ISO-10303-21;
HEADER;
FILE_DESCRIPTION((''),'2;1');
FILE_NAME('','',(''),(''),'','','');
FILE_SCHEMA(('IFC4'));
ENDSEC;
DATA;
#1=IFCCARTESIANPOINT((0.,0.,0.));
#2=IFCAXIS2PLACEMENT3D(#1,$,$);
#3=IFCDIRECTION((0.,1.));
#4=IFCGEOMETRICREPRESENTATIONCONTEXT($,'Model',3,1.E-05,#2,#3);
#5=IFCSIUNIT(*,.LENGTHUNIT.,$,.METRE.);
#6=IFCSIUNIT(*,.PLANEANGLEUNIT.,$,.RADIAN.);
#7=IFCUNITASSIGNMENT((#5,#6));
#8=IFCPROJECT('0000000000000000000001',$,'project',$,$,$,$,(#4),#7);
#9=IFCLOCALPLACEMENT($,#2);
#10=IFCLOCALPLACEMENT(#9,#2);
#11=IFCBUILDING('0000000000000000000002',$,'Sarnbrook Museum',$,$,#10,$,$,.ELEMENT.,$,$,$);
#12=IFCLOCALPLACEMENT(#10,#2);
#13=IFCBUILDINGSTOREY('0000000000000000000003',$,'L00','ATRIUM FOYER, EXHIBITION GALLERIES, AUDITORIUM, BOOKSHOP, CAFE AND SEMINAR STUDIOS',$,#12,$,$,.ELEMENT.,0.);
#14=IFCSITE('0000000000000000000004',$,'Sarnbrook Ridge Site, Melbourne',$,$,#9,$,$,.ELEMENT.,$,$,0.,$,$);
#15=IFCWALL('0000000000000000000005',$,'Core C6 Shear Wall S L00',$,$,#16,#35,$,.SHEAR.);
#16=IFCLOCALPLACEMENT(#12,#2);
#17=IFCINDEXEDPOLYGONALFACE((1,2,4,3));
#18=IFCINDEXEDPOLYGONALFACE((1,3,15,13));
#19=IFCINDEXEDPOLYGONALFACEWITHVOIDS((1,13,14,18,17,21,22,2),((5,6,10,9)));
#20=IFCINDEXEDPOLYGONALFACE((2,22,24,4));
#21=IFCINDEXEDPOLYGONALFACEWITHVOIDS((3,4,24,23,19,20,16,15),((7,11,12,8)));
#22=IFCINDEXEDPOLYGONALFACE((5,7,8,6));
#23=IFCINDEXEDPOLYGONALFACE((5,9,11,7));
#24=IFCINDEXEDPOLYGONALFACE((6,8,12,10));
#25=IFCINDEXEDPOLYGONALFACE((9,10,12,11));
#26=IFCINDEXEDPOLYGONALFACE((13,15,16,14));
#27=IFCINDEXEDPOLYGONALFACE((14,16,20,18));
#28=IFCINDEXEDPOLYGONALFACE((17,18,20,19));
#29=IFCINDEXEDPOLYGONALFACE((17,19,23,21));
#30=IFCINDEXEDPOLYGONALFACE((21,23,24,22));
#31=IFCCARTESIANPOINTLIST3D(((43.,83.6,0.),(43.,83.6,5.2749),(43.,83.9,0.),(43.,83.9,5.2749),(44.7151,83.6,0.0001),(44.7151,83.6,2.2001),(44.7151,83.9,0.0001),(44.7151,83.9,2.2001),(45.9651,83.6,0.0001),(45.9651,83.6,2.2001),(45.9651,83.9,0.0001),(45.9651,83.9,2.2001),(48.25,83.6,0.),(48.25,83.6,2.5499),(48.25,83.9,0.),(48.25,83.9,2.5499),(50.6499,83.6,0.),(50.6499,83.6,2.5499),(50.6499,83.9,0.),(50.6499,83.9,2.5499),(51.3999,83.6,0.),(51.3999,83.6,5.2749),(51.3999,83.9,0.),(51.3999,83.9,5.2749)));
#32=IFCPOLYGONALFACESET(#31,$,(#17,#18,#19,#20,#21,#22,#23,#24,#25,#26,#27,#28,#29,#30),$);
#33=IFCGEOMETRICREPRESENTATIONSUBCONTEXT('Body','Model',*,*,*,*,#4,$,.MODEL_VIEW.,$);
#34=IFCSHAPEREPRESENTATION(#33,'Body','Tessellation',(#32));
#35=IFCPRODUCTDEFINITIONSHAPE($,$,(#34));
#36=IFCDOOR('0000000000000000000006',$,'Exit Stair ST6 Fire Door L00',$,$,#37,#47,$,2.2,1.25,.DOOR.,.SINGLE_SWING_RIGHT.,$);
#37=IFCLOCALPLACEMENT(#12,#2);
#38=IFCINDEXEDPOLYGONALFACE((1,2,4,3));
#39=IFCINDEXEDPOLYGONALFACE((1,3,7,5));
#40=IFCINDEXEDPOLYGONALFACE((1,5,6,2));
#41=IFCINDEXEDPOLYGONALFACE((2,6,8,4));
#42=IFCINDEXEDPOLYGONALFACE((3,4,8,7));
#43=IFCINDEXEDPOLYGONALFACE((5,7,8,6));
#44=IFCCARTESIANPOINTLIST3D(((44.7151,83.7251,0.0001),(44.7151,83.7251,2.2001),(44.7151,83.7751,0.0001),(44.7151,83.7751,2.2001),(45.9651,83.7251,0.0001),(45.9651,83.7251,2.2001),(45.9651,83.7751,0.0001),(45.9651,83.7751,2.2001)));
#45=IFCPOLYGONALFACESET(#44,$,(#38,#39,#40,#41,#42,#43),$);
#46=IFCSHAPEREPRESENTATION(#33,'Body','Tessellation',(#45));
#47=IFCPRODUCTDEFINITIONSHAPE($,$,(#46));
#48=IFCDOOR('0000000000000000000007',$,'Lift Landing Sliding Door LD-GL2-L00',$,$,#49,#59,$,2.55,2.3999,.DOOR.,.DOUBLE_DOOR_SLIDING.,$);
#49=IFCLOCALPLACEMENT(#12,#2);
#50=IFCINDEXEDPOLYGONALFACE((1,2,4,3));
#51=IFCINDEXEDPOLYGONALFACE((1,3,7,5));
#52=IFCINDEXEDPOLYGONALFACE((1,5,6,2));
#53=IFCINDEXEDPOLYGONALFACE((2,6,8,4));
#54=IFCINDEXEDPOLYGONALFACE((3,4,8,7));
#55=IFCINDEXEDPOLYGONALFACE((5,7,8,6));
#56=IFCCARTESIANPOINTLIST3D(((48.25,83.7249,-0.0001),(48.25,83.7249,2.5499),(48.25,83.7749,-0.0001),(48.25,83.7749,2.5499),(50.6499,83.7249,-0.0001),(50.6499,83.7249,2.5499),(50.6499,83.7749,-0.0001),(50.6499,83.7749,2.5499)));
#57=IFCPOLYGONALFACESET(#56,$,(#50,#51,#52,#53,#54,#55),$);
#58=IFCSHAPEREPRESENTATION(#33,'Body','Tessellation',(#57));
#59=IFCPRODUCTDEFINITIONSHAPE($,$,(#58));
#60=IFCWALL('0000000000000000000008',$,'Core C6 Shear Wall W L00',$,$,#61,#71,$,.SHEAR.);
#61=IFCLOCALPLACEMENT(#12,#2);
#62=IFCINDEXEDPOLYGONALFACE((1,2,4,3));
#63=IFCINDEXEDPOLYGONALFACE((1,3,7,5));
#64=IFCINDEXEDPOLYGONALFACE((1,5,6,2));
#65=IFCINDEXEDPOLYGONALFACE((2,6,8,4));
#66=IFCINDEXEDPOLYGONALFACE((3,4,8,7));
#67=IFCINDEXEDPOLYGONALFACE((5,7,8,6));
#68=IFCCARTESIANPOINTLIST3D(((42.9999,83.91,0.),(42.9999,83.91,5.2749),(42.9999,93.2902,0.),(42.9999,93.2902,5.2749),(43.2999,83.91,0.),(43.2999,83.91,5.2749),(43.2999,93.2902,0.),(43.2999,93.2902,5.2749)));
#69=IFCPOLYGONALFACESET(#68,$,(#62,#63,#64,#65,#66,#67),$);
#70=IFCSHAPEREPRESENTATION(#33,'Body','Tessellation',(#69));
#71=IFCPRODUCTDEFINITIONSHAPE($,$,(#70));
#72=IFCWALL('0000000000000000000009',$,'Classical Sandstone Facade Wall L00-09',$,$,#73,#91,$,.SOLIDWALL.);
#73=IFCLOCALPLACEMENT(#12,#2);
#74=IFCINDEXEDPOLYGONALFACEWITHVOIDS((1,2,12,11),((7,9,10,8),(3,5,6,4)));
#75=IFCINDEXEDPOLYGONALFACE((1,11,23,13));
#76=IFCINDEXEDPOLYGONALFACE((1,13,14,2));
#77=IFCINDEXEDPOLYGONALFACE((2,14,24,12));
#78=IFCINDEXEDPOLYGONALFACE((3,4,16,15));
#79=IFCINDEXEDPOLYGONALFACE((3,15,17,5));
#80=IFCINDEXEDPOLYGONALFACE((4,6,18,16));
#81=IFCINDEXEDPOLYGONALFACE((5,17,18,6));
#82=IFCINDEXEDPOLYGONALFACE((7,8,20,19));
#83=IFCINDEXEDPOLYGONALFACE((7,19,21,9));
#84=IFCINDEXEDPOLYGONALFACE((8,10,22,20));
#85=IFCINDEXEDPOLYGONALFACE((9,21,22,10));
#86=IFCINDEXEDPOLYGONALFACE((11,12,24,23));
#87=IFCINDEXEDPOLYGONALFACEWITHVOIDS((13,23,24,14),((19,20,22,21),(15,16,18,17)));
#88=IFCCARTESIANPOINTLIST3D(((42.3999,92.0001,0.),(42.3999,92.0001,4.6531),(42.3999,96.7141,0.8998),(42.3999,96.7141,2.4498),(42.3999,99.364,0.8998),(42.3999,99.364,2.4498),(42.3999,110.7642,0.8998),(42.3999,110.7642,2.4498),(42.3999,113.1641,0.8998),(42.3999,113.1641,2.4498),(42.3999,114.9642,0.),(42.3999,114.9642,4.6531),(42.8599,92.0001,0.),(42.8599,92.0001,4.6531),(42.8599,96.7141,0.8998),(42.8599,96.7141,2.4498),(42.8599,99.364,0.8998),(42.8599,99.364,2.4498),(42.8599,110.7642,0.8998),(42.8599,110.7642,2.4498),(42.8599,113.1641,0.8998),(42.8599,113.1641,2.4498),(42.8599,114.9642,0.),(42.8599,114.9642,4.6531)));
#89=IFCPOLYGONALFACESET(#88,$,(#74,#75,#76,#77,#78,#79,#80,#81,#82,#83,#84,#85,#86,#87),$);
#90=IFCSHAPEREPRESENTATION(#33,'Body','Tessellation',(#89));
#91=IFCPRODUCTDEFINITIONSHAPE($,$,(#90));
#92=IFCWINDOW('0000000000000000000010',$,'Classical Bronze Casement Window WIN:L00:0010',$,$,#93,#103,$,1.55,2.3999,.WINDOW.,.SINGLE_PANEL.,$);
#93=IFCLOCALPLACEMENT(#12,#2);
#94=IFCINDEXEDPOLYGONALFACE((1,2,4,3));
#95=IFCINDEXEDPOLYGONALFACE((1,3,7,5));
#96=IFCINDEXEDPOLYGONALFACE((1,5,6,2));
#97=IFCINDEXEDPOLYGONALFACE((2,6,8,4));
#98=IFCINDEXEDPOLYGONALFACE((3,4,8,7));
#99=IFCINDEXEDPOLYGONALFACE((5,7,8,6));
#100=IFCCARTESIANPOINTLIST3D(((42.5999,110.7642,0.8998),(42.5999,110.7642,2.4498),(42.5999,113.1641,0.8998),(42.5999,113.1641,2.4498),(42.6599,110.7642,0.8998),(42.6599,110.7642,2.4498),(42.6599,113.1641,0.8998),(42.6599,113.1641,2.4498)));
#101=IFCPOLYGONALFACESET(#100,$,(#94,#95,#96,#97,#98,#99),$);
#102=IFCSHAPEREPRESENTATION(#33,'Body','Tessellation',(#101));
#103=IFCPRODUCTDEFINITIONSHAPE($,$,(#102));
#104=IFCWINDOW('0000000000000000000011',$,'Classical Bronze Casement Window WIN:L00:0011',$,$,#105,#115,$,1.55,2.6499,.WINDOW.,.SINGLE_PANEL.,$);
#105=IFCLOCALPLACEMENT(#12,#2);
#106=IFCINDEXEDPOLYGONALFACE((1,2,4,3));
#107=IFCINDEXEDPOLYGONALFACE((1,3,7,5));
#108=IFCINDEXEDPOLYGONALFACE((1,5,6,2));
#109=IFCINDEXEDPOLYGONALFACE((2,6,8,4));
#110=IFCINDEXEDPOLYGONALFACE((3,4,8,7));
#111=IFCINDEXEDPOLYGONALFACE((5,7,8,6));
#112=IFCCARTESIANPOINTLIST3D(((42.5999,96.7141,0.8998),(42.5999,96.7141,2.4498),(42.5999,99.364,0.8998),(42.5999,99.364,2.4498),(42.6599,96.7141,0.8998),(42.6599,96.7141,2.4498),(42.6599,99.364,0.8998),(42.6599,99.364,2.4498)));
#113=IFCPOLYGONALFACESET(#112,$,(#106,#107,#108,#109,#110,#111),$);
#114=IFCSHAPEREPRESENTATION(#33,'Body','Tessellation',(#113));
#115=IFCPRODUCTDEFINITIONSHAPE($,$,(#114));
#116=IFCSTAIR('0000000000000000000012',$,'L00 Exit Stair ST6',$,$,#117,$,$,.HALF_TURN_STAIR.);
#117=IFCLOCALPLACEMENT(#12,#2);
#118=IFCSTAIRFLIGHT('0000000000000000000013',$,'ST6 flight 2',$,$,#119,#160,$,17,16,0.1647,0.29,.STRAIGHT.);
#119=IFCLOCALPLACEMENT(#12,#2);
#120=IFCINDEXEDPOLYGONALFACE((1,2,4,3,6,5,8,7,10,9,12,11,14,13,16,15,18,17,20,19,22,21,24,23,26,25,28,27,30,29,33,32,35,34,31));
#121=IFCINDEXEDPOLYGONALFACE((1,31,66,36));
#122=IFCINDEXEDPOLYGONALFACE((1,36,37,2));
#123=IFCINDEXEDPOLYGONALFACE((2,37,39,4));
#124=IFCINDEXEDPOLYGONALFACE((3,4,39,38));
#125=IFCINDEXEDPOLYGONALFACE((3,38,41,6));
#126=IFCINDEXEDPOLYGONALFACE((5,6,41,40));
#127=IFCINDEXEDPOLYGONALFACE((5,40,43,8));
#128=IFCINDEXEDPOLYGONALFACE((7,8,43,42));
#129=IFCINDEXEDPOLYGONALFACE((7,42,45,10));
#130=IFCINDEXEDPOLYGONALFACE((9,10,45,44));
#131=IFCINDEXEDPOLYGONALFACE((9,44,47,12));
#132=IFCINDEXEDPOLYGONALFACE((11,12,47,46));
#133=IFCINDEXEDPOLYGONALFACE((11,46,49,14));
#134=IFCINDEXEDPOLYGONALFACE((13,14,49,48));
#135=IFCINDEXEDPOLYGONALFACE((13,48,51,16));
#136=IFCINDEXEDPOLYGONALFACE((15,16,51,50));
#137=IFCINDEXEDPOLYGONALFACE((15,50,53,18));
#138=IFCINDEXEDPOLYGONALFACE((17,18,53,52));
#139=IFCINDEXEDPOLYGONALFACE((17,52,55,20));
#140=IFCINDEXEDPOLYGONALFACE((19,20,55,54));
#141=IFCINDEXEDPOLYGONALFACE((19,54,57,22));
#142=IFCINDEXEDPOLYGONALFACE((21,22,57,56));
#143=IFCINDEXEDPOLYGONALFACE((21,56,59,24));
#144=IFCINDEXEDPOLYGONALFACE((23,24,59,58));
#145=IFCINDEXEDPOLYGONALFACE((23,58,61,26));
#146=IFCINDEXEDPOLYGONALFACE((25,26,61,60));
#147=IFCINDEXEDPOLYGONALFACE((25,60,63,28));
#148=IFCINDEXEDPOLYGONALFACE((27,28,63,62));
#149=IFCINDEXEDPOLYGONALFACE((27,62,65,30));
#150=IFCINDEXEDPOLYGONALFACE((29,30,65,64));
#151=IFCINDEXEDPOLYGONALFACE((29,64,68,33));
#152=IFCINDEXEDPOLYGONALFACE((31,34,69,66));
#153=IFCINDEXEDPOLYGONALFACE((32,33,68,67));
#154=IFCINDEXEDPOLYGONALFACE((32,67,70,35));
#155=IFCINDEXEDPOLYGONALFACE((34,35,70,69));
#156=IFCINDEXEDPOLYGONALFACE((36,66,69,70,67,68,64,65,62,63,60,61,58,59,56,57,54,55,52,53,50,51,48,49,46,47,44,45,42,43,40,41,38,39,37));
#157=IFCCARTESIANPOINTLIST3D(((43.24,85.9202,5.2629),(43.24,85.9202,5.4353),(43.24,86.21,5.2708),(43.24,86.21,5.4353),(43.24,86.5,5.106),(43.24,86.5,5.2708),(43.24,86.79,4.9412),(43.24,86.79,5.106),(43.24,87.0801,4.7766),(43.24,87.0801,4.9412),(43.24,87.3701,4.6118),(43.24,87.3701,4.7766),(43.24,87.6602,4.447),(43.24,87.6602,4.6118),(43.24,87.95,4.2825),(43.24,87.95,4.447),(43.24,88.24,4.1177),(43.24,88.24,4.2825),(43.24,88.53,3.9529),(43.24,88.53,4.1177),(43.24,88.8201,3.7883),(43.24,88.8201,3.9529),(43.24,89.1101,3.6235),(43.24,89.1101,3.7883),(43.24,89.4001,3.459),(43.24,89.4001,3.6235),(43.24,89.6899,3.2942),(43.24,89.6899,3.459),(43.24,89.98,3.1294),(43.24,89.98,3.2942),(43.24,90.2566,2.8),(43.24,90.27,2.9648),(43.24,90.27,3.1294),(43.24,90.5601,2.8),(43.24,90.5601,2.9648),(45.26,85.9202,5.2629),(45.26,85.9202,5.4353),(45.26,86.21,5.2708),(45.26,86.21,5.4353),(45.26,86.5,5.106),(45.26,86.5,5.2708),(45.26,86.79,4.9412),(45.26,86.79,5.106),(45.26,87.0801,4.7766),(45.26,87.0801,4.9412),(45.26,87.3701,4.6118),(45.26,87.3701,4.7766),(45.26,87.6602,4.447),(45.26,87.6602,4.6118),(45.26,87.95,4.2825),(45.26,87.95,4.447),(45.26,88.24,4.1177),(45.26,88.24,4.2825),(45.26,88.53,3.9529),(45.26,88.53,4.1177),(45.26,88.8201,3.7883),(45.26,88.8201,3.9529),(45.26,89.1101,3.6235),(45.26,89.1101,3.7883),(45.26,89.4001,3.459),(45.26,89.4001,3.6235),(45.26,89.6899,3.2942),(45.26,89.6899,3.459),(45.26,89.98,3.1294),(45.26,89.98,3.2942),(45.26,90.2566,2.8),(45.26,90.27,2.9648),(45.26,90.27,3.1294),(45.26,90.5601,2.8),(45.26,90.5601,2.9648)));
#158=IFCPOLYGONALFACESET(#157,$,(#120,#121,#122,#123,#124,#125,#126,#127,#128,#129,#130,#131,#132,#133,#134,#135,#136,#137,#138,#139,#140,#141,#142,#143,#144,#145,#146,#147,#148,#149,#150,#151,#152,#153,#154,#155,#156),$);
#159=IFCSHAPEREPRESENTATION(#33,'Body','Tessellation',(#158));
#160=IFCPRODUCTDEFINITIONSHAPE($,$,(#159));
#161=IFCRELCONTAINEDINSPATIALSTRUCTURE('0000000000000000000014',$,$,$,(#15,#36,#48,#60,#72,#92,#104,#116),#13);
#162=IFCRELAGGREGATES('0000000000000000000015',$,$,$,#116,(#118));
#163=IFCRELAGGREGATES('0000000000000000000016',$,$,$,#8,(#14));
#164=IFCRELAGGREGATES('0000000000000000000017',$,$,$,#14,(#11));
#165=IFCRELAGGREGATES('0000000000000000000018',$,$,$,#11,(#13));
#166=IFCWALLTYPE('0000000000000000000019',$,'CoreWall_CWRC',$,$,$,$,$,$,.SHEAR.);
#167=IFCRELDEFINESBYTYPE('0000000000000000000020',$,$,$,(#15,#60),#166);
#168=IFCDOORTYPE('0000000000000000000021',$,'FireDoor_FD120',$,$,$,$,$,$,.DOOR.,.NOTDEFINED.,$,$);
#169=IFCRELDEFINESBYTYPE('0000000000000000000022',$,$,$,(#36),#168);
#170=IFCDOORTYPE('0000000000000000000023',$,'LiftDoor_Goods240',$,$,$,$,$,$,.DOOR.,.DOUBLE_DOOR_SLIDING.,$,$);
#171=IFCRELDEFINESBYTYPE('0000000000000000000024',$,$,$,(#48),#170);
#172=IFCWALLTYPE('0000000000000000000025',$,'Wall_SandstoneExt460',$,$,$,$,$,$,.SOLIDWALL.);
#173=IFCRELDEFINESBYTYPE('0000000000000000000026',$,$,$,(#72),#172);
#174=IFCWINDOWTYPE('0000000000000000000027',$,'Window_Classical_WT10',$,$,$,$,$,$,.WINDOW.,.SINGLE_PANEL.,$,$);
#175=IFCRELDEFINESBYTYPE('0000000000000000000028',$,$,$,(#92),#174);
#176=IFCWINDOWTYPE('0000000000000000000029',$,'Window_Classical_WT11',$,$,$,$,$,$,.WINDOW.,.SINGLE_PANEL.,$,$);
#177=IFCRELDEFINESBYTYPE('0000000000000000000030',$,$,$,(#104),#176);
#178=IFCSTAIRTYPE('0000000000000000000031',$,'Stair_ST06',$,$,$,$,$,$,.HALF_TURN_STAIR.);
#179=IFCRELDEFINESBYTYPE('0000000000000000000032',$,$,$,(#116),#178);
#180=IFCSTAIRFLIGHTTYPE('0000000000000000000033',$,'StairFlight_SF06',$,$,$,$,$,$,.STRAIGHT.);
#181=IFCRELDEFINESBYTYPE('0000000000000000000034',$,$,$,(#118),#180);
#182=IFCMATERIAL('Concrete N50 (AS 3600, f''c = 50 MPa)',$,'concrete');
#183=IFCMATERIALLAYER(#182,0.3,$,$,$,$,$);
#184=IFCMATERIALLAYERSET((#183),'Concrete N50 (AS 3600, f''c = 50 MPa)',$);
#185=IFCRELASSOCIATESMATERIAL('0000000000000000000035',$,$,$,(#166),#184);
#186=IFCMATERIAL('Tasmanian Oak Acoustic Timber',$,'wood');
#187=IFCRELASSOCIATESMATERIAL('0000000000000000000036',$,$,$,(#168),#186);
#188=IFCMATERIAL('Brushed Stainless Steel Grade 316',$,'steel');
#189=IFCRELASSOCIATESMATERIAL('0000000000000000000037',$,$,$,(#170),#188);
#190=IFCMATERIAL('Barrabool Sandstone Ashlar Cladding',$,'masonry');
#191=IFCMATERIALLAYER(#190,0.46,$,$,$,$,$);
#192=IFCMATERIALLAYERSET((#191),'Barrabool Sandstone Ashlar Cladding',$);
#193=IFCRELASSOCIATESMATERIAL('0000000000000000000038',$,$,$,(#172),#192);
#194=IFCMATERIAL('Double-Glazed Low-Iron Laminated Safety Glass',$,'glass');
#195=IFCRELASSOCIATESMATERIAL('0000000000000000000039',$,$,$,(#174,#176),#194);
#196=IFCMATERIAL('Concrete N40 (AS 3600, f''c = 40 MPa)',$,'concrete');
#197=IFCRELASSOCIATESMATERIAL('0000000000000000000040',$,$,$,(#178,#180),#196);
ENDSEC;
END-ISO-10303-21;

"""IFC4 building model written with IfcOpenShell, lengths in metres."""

from ifc_helpers import new_model, si_unit, direction, frame, frame_2d, origin, place, context, subcontext, project, spatial, polyline, rectangle, outline, extrude, material, layer, layer_set, type_object, element, fill, aggregate, save


model = new_model("IFC4")

# Units and contexts
model_context = context("Model", 3, precision=1e-05, world=origin(), true_north=direction((0.0, 1.0)))
body_context = subcontext(model_context, "Body", "Model", "MODEL_VIEW")
ifc_project = project(units=[si_unit("LENGTHUNIT", "METRE"), si_unit("PLANEANGLEUNIT", "RADIAN")], contexts=[model_context])

# Site, building, storey
site_placement = place(None, origin())
site = spatial("IfcSite", under=ifc_project, at=site_placement, Name="Sarnbrook Ridge Site, Melbourne", CompositionType="ELEMENT", RefElevation=0.0)
building_placement = place(site_placement, origin())
building = spatial("IfcBuilding", under=site, at=building_placement, Name="Sarnbrook Museum", CompositionType="ELEMENT")
storey_placement = place(building_placement, origin())
storey = spatial("IfcBuildingStorey", under=building, at=storey_placement, Name="L00", Description="ATRIUM FOYER, EXHIBITION GALLERIES, AUDITORIUM, BOOKSHOP, CAFE AND SEMINAR STUDIOS", CompositionType="ELEMENT", Elevation=0.0)

# Wall, openings, doors
ifc_material_1 = material(Name="Concrete N50 (AS 3600, f'c = 50 MPa)", Category="concrete")
ifc_layer_1 = layer(ifc_material_1, 0.3)
ifc_layer_set_1 = layer_set([ifc_layer_1], Name="Concrete N50 (AS 3600, f'c = 50 MPa)")
wall_type_1 = type_object("IfcWallType", Name="CoreWall_CWRC", PredefinedType="SHEAR", material=ifc_layer_set_1)
wall_1_placement = place(storey_placement, frame((43.0, 83.75, 0.0), z_axis=(0.0, 0.0, 1.0), x_axis=(1.0, 0.0, 0.0)))
wall_1 = element("IfcWall", 1, at=wall_1_placement, inside=storey, type_object=wall_type_1, Name="Core C6 Shear Wall S L00", PredefinedType="SHEAR", context=body_context, shape_type="SweptSolid", body=[
    extrude(rectangle(XDim=8.3999, YDim=0.3, at=frame_2d((4.2, 0.0))), origin(), (0.0, 0.0, 1.0), 5.2749),
])
opening_1_placement = place(wall_1_placement, frame((1.7151, 0.0, 0.0)))
opening_1 = element("IfcOpeningElement", 2, at=opening_1_placement, cuts=wall_1, PredefinedType="OPENING", context=body_context, shape_type="SweptSolid", body=[
    extrude(rectangle(XDim=1.25, YDim=2.2, at=frame_2d((0.625, 1.1001))), frame((0.0, 0.1602, 0.0), z_axis=(0.0, -1.0, 0.0), x_axis=(1.0, 0.0, 0.0)), (0.0, 0.0, 1.0), 0.3201),
])
opening_2_placement = place(wall_1_placement, frame((5.25, 0.0, 0.0)))
opening_2 = element("IfcOpeningElement", 3, at=opening_2_placement, cuts=wall_1, PredefinedType="OPENING", context=body_context, shape_type="SweptSolid", body=[
    extrude(rectangle(XDim=2.3999, YDim=2.55, at=frame_2d((1.2, 1.2749))), frame((0.0, 0.1602, 0.0), z_axis=(0.0, -1.0, 0.0), x_axis=(1.0, 0.0, 0.0)), (0.0, 0.0, 1.0), 0.3201),
])
ifc_material_2 = material(Name="Tasmanian Oak Acoustic Timber", Category="wood")
door_type_1 = type_object("IfcDoorType", Name="FireDoor_FD120", OperationType="NOTDEFINED", PredefinedType="DOOR", material=ifc_material_2)
door_1_placement = place(opening_1_placement, frame((1.25, 0.0, 0.0), z_axis=(0.0, 0.0, 1.0), x_axis=(-1.0, 0.0, 0.0)))
door_1 = element("IfcDoor", 4, at=door_1_placement, inside=storey, type_object=door_type_1, Name="Exit Stair ST6 Fire Door L00", OperationType="SINGLE_SWING_RIGHT", OverallHeight=2.2, OverallWidth=1.25, PredefinedType="DOOR", context=body_context, shape_type="SweptSolid", body=[
    extrude(rectangle(XDim=1.25, YDim=2.2, at=frame_2d((0.625, 1.1001))), frame((0.0, 0.0249, 0.0), z_axis=(0.0, -1.0, 0.0), x_axis=(1.0, 0.0, 0.0)), (0.0, 0.0, 1.0), 0.05),
])
fill(opening_1, door_1)
ifc_material_3 = material(Name="Brushed Stainless Steel Grade 316", Category="steel")
door_type_2 = type_object("IfcDoorType", Name="LiftDoor_Goods240", OperationType="DOUBLE_DOOR_SLIDING", PredefinedType="DOOR", material=ifc_material_3)
door_2_placement = place(opening_2_placement, origin())
door_2 = element("IfcDoor", 5, at=door_2_placement, inside=storey, type_object=door_type_2, Name="Lift Landing Sliding Door LD-GL2-L00", OperationType="DOUBLE_DOOR_SLIDING", OverallHeight=2.55, OverallWidth=2.3999, PredefinedType="DOOR", context=body_context, shape_type="SweptSolid", body=[
    extrude(rectangle(XDim=2.3999, YDim=2.55, at=frame_2d((1.2, 1.2749))), frame((0.0, 0.0249, 0.0), z_axis=(0.0, -1.0, 0.0), x_axis=(1.0, 0.0, 0.0)), (0.0, 0.0, 1.0), 0.05),
])
fill(opening_2, door_2)

# Wall
wall_2_placement = place(storey_placement, frame((43.1499, 93.29, 0.0), z_axis=(0.0, 0.0, 1.0), x_axis=(0.0, -1.0, 0.0)))
element("IfcWall", 6, at=wall_2_placement, inside=storey, type_object=wall_type_1, Name="Core C6 Shear Wall W L00", PredefinedType="SHEAR", context=body_context, shape_type="SweptSolid", body=[
    extrude(rectangle(XDim=9.3801, YDim=0.3, at=frame_2d((4.6899, 0.0))), origin(), (0.0, 0.0, 1.0), 5.2749),
])

# Wall, openings, windows
ifc_material_4 = material(Name="Barrabool Sandstone Ashlar Cladding", Category="masonry")
ifc_layer_2 = layer(ifc_material_4, 0.46)
ifc_layer_set_2 = layer_set([ifc_layer_2], Name="Barrabool Sandstone Ashlar Cladding")
wall_type_2 = type_object("IfcWallType", Name="Wall_SandstoneExt460", PredefinedType="SOLIDWALL", material=ifc_layer_set_2)
wall_3_placement = place(storey_placement, frame((42.6299, 114.9641, 0.0), z_axis=(0.0, 0.0, 1.0), x_axis=(0.0, -1.0, 0.0)))
wall_3 = element("IfcWall", 7, at=wall_3_placement, inside=storey, type_object=wall_type_2, Name="Classical Sandstone Facade Wall L00-09", PredefinedType="SOLIDWALL", context=body_context, shape_type="SweptSolid", body=[
    extrude(rectangle(XDim=22.9641, YDim=0.46, at=frame_2d((11.4819, 0.0))), origin(), (0.0, 0.0, 1.0), 4.6531),
])
opening_3_placement = place(wall_3_placement, frame((1.8, 0.0, 0.8999)))
opening_3 = element("IfcOpeningElement", 8, at=opening_3_placement, cuts=wall_3, PredefinedType="OPENING", context=body_context, shape_type="SweptSolid", body=[
    extrude(rectangle(XDim=2.3999, YDim=1.55, at=frame_2d((1.2, 0.7749))), frame((0.0, 0.24, 0.0), z_axis=(0.0, -1.0, 0.0), x_axis=(1.0, 0.0, 0.0)), (0.0, 0.0, 1.0), 0.48),
])
opening_4_placement = place(wall_3_placement, frame((15.6001, 0.0, 0.8999)))
opening_4 = element("IfcOpeningElement", 9, at=opening_4_placement, cuts=wall_3, PredefinedType="OPENING", context=body_context, shape_type="SweptSolid", body=[
    extrude(rectangle(XDim=2.6499, YDim=1.55, at=frame_2d((1.325, 0.7749))), frame((0.0, 0.24, 0.0), z_axis=(0.0, -1.0, 0.0), x_axis=(1.0, 0.0, 0.0)), (0.0, 0.0, 1.0), 0.48),
])
ifc_material_5 = material(Name="Double-Glazed Low-Iron Laminated Safety Glass", Category="glass")
window_type_1 = type_object("IfcWindowType", Name="Window_Classical_WT10", PartitioningType="SINGLE_PANEL", PredefinedType="WINDOW", material=ifc_material_5)
window_1_placement = place(opening_3_placement, origin())
window_1 = element("IfcWindow", 10, at=window_1_placement, inside=storey, type_object=window_type_1, Name="Classical Bronze Casement Window WIN:L00:0010", OverallHeight=1.55, OverallWidth=2.3999, PartitioningType="SINGLE_PANEL", PredefinedType="WINDOW", context=body_context, shape_type="SweptSolid", body=[
    extrude(rectangle(XDim=2.3999, YDim=1.55, at=frame_2d((1.2, 0.7749))), frame((0.0, 0.03, 0.0), z_axis=(0.0, -1.0, 0.0), x_axis=(1.0, 0.0, 0.0)), (0.0, 0.0, 1.0), 0.0601),
])
fill(opening_3, window_1)
window_type_2 = type_object("IfcWindowType", Name="Window_Classical_WT11", PartitioningType="SINGLE_PANEL", PredefinedType="WINDOW", material=ifc_material_5)
window_2_placement = place(opening_4_placement, origin())
window_2 = element("IfcWindow", 11, at=window_2_placement, inside=storey, type_object=window_type_2, Name="Classical Bronze Casement Window WIN:L00:0011", OverallHeight=1.55, OverallWidth=2.6499, PartitioningType="SINGLE_PANEL", PredefinedType="WINDOW", context=body_context, shape_type="SweptSolid", body=[
    extrude(rectangle(XDim=2.6499, YDim=1.55, at=frame_2d((1.325, 0.7749))), frame((0.0, 0.03, 0.0), z_axis=(0.0, -1.0, 0.0), x_axis=(1.0, 0.0, 0.0)), (0.0, 0.0, 1.0), 0.0601),
])
fill(opening_4, window_2)

# Stair, stair flight
ifc_material_6 = material(Name="Concrete N40 (AS 3600, f'c = 40 MPa)", Category="concrete")
stair_type = type_object("IfcStairType", Name="Stair_ST06", PredefinedType="HALF_TURN_STAIR", material=ifc_material_6)
stair_placement = place(storey_placement, origin())
stair = element("IfcStair", 12, at=stair_placement, inside=storey, type_object=stair_type, Name="L00 Exit Stair ST6", PredefinedType="HALF_TURN_STAIR")
stair_flight_type = type_object("IfcStairFlightType", Name="StairFlight_SF06", PredefinedType="STRAIGHT", material=ifc_material_6)
stair_flight_placement = place(storey_placement, frame((44.25, 90.5601, 2.8), z_axis=(0.0, 0.0, 1.0), x_axis=(0.0, -1.0, 0.0)))
stair_flight = element("IfcStairFlight", 13, at=stair_flight_placement, type_object=stair_flight_type, Name="ST6 flight 2", NumberOfRisers=17, NumberOfTreads=16, PredefinedType="STRAIGHT", RiserHeight=0.1647, TreadLength=0.29, context=body_context, shape_type="SweptSolid", body=[
    extrude(outline(polyline([(0.0, 0.0), (0.0, 0.1648), (0.29, 0.1648), (0.29, 0.3293), (0.5801, 0.3293), (0.5801, 0.4941), (0.8701, 0.4941), (0.8701, 0.6589), (1.1599, 0.6589), (1.1599, 0.8235), (1.45, 0.8235), (1.45, 0.9883), (1.74, 0.9883), (1.74, 1.1528), (2.03, 1.1528), (2.03, 1.3176), (2.3201, 1.3176), (2.3201, 1.4824), (2.6101, 1.4824), (2.6101, 1.647), (2.8999, 1.647), (2.8999, 1.8118), (3.1899, 1.8118), (3.1899, 1.9766), (3.48, 1.9766), (3.48, 2.1411), (3.77, 2.1411), (3.77, 2.3059), (4.0601, 2.3059), (4.0601, 2.4707), (4.3501, 2.4707), (4.3501, 2.6353), (4.6399, 2.6353), (4.6399, 2.8), (4.6399, 2.4629), (0.3035, 0.0), (0.0, 0.0)])), frame((0.0, 1.01, 0.0), z_axis=(0.0, -1.0, 0.0), x_axis=(1.0, 0.0, 0.0)), (0.0, 0.0, 1.0), 2.02),
])
aggregate(stair, [stair_flight])

save(model, "model.ifc")
